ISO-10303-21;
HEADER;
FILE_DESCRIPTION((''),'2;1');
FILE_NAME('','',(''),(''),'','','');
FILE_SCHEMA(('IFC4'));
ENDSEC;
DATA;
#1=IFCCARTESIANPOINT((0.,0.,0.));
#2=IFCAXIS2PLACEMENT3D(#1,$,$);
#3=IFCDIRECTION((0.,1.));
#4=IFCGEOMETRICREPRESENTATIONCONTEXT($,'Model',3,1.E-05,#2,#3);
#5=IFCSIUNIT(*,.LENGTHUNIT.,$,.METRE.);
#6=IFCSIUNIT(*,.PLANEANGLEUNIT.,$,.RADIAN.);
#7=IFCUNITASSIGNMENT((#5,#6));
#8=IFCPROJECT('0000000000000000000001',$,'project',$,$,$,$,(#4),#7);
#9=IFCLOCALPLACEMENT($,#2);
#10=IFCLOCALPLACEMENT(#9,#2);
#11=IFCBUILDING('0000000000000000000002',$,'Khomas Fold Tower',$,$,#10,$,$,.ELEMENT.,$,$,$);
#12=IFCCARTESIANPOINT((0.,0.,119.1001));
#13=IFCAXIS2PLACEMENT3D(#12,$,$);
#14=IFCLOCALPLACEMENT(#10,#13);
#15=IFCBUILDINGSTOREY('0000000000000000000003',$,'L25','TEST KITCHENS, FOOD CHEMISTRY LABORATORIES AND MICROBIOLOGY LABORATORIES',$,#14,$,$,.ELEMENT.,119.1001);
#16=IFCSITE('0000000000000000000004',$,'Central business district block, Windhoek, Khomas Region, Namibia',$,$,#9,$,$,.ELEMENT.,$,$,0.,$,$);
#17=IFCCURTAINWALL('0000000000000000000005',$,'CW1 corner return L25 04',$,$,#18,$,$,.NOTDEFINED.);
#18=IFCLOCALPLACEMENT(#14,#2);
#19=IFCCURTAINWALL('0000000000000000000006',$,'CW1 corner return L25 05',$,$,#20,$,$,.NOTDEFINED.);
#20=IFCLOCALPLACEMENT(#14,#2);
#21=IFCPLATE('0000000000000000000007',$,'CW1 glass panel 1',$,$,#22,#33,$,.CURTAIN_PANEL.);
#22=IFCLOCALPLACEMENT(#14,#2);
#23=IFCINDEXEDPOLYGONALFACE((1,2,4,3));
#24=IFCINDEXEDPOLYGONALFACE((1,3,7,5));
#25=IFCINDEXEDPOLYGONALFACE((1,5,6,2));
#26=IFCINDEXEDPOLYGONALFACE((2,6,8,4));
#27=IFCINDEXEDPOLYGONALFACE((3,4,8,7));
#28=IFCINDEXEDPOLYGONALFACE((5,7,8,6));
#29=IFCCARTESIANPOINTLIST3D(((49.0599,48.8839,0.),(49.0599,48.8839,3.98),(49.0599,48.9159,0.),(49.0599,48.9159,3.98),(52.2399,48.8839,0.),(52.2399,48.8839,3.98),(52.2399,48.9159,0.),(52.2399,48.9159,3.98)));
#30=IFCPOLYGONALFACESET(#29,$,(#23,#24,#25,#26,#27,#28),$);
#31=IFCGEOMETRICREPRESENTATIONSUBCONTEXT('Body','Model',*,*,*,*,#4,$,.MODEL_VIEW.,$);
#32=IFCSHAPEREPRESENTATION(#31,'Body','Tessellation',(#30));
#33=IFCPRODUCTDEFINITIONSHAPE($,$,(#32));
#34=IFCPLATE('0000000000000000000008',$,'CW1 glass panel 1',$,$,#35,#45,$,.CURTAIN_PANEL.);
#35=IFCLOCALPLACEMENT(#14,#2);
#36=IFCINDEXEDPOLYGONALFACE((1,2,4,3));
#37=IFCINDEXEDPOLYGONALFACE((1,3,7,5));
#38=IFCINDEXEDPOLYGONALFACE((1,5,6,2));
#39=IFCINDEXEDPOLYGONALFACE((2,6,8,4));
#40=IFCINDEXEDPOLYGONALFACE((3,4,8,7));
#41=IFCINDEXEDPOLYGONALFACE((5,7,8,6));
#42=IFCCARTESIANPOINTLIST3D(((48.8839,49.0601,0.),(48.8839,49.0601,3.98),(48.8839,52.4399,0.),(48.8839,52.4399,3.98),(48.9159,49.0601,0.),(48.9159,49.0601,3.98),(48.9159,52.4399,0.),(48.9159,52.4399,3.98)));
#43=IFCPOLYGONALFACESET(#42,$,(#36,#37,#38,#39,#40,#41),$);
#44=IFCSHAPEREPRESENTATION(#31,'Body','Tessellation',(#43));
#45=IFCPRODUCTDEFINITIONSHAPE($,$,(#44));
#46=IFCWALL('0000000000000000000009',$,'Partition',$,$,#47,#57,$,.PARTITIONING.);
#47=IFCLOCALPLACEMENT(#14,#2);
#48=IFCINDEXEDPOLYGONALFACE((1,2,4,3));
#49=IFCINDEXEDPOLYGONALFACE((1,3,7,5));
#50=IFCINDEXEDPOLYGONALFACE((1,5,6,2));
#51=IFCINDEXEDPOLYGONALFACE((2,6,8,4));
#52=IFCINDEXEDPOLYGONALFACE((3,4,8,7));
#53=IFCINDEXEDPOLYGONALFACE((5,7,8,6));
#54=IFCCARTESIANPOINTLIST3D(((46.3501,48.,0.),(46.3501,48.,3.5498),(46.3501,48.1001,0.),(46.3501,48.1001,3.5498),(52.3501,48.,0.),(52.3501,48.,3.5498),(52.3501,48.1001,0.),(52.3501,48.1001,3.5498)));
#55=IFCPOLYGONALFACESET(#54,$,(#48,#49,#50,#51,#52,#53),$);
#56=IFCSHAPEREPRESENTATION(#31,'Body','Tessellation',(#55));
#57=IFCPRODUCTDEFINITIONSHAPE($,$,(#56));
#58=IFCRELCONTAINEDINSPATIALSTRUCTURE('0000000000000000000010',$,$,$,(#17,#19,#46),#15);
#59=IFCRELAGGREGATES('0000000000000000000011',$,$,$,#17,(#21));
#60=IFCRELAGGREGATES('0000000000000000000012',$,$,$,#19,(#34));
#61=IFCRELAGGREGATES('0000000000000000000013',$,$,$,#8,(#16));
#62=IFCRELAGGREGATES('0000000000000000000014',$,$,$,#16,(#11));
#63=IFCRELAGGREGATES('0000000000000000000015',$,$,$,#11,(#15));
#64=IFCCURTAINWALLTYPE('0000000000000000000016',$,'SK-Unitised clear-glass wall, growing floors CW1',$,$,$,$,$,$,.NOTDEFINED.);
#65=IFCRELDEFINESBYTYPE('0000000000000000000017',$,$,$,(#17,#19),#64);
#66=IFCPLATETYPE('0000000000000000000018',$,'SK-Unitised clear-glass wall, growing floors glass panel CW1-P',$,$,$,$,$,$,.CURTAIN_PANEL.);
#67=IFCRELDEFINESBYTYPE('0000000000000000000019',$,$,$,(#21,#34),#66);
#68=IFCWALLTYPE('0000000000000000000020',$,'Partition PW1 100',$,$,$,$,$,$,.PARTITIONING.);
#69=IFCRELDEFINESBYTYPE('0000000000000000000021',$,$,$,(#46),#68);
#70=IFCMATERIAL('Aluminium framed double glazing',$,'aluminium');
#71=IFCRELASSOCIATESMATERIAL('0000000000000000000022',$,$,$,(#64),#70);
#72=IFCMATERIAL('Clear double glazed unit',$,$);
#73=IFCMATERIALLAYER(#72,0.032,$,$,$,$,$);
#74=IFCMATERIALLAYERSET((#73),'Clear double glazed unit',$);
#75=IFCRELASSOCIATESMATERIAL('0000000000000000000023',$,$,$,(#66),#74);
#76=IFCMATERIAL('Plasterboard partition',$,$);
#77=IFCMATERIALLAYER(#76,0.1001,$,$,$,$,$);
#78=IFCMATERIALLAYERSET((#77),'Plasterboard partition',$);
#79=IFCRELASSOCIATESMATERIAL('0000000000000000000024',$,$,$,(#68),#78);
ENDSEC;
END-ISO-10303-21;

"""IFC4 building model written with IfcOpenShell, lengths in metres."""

from ifc_helpers import new_model, si_unit, direction, frame, frame_2d, origin, origin_2d, place, context, subcontext, project, spatial, rectangle, extrude, source, transform, mapped, material, layer, layer_set, type_object, element, aggregate, save


model = new_model("IFC4")

# Units and contexts
model_context = context("Model", 3, precision=1e-05, world=origin(), true_north=direction((0.0, 1.0)))
body_context = subcontext(model_context, "Body", "Model", "MODEL_VIEW")
ifc_project = project(units=[si_unit("LENGTHUNIT", "METRE"), si_unit("PLANEANGLEUNIT", "RADIAN")], contexts=[model_context])

# Site, building, storey
site_placement = place(None, origin())
site = spatial("IfcSite", under=ifc_project, at=site_placement, Name="Central business district block, Windhoek, Khomas Region, Namibia", CompositionType="ELEMENT", RefElevation=0.0)
building_placement = place(site_placement, origin())
building = spatial("IfcBuilding", under=site, at=building_placement, Name="Khomas Fold Tower", CompositionType="ELEMENT")
storey_placement = place(building_placement, frame((0.0, 0.0, 119.1001)))
storey = spatial("IfcBuildingStorey", under=building, at=storey_placement, Name="L25", Description="TEST KITCHENS, FOOD CHEMISTRY LABORATORIES AND MICROBIOLOGY LABORATORIES", CompositionType="ELEMENT", Elevation=119.1001)

# Shared definitions
ifc_material_1 = material(Name="Aluminium framed double glazing", Category="aluminium")
curtain_wall_type = type_object("IfcCurtainWallType", Name="SK-Unitised clear-glass wall, growing floors CW1", PredefinedType="NOTDEFINED", material=ifc_material_1)

# Curtain walls
curtain_wall_1_placement = place(storey_placement, origin())
curtain_wall_1 = element("IfcCurtainWall", 1, at=curtain_wall_1_placement, inside=storey, type_object=curtain_wall_type, Name="CW1 corner return L25 04", PredefinedType="NOTDEFINED")
curtain_wall_2_placement = place(storey_placement, origin())
curtain_wall_2 = element("IfcCurtainWall", 2, at=curtain_wall_2_placement, inside=storey, type_object=curtain_wall_type, Name="CW1 corner return L25 05", PredefinedType="NOTDEFINED")

# Plates
ifc_material_2 = material(Name="Clear double glazed unit")
ifc_layer_1 = layer(ifc_material_2, 0.032)
ifc_layer_set_1 = layer_set([ifc_layer_1], Name="Clear double glazed unit")
plate_type = type_object("IfcPlateType", Name="SK-Unitised clear-glass wall, growing floors glass panel CW1-P", PredefinedType="CURTAIN_PANEL", material=ifc_layer_set_1)
shared_shape_1 = source(origin(), body_context, "Body", "SweptSolid", [
    extrude(rectangle(XDim=3.1799, YDim=0.032, at=origin_2d()), origin(), (0.0, 0.0, 1.0), 3.98),
])
plate_1_placement = place(storey_placement, frame((50.6499, 48.8999, 0.0), z_axis=(0.0, 0.0, 1.0), x_axis=(-1.0, 0.0, 0.0)))
plate_1 = element("IfcPlate", 3, at=plate_1_placement, type_object=plate_type, Name="CW1 glass panel 1", PredefinedType="CURTAIN_PANEL", context=body_context, shape_type="MappedRepresentation", body=[
    mapped(shared_shape_1, transform((0.0, 0.0, 0.0))),
])
aggregate(curtain_wall_1, [plate_1])
shared_shape_2 = source(origin(), body_context, "Body", "SweptSolid", [
    extrude(rectangle(XDim=3.3799, YDim=0.032, at=origin_2d()), origin(), (0.0, 0.0, 1.0), 3.98),
])
plate_2_placement = place(storey_placement, frame((48.8999, 50.75, 0.0), z_axis=(0.0, 0.0, 1.0), x_axis=(0.0, 1.0, 0.0)))
plate_2 = element("IfcPlate", 4, at=plate_2_placement, type_object=plate_type, Name="CW1 glass panel 1", PredefinedType="CURTAIN_PANEL", context=body_context, shape_type="MappedRepresentation", body=[
    mapped(shared_shape_2, transform((0.0, 0.0, 0.0))),
])
aggregate(curtain_wall_2, [plate_2])

# Wall
ifc_material_3 = material(Name="Plasterboard partition")
ifc_layer_2 = layer(ifc_material_3, 0.1001)
ifc_layer_set_2 = layer_set([ifc_layer_2], Name="Plasterboard partition")
wall_type = type_object("IfcWallType", Name="Partition PW1 100", PredefinedType="PARTITIONING", material=ifc_layer_set_2)
shared_shape_3 = source(origin(), body_context, "Body", "SweptSolid", [
    extrude(rectangle(XDim=6.0, YDim=0.1001, at=frame_2d((3.0, 0.0))), origin(), (0.0, 0.0, 1.0), 3.5498),
])
wall_placement = place(storey_placement, frame((46.3501, 48.05, 0.0), z_axis=(0.0, 0.0, 1.0), x_axis=(1.0, 0.0, 0.0)))
element("IfcWall", 5, at=wall_placement, inside=storey, type_object=wall_type, Name="Partition", PredefinedType="PARTITIONING", context=body_context, shape_type="MappedRepresentation", body=[
    mapped(shared_shape_3, transform((0.0, 0.0, 0.0))),
])

save(model, "model.ifc")
